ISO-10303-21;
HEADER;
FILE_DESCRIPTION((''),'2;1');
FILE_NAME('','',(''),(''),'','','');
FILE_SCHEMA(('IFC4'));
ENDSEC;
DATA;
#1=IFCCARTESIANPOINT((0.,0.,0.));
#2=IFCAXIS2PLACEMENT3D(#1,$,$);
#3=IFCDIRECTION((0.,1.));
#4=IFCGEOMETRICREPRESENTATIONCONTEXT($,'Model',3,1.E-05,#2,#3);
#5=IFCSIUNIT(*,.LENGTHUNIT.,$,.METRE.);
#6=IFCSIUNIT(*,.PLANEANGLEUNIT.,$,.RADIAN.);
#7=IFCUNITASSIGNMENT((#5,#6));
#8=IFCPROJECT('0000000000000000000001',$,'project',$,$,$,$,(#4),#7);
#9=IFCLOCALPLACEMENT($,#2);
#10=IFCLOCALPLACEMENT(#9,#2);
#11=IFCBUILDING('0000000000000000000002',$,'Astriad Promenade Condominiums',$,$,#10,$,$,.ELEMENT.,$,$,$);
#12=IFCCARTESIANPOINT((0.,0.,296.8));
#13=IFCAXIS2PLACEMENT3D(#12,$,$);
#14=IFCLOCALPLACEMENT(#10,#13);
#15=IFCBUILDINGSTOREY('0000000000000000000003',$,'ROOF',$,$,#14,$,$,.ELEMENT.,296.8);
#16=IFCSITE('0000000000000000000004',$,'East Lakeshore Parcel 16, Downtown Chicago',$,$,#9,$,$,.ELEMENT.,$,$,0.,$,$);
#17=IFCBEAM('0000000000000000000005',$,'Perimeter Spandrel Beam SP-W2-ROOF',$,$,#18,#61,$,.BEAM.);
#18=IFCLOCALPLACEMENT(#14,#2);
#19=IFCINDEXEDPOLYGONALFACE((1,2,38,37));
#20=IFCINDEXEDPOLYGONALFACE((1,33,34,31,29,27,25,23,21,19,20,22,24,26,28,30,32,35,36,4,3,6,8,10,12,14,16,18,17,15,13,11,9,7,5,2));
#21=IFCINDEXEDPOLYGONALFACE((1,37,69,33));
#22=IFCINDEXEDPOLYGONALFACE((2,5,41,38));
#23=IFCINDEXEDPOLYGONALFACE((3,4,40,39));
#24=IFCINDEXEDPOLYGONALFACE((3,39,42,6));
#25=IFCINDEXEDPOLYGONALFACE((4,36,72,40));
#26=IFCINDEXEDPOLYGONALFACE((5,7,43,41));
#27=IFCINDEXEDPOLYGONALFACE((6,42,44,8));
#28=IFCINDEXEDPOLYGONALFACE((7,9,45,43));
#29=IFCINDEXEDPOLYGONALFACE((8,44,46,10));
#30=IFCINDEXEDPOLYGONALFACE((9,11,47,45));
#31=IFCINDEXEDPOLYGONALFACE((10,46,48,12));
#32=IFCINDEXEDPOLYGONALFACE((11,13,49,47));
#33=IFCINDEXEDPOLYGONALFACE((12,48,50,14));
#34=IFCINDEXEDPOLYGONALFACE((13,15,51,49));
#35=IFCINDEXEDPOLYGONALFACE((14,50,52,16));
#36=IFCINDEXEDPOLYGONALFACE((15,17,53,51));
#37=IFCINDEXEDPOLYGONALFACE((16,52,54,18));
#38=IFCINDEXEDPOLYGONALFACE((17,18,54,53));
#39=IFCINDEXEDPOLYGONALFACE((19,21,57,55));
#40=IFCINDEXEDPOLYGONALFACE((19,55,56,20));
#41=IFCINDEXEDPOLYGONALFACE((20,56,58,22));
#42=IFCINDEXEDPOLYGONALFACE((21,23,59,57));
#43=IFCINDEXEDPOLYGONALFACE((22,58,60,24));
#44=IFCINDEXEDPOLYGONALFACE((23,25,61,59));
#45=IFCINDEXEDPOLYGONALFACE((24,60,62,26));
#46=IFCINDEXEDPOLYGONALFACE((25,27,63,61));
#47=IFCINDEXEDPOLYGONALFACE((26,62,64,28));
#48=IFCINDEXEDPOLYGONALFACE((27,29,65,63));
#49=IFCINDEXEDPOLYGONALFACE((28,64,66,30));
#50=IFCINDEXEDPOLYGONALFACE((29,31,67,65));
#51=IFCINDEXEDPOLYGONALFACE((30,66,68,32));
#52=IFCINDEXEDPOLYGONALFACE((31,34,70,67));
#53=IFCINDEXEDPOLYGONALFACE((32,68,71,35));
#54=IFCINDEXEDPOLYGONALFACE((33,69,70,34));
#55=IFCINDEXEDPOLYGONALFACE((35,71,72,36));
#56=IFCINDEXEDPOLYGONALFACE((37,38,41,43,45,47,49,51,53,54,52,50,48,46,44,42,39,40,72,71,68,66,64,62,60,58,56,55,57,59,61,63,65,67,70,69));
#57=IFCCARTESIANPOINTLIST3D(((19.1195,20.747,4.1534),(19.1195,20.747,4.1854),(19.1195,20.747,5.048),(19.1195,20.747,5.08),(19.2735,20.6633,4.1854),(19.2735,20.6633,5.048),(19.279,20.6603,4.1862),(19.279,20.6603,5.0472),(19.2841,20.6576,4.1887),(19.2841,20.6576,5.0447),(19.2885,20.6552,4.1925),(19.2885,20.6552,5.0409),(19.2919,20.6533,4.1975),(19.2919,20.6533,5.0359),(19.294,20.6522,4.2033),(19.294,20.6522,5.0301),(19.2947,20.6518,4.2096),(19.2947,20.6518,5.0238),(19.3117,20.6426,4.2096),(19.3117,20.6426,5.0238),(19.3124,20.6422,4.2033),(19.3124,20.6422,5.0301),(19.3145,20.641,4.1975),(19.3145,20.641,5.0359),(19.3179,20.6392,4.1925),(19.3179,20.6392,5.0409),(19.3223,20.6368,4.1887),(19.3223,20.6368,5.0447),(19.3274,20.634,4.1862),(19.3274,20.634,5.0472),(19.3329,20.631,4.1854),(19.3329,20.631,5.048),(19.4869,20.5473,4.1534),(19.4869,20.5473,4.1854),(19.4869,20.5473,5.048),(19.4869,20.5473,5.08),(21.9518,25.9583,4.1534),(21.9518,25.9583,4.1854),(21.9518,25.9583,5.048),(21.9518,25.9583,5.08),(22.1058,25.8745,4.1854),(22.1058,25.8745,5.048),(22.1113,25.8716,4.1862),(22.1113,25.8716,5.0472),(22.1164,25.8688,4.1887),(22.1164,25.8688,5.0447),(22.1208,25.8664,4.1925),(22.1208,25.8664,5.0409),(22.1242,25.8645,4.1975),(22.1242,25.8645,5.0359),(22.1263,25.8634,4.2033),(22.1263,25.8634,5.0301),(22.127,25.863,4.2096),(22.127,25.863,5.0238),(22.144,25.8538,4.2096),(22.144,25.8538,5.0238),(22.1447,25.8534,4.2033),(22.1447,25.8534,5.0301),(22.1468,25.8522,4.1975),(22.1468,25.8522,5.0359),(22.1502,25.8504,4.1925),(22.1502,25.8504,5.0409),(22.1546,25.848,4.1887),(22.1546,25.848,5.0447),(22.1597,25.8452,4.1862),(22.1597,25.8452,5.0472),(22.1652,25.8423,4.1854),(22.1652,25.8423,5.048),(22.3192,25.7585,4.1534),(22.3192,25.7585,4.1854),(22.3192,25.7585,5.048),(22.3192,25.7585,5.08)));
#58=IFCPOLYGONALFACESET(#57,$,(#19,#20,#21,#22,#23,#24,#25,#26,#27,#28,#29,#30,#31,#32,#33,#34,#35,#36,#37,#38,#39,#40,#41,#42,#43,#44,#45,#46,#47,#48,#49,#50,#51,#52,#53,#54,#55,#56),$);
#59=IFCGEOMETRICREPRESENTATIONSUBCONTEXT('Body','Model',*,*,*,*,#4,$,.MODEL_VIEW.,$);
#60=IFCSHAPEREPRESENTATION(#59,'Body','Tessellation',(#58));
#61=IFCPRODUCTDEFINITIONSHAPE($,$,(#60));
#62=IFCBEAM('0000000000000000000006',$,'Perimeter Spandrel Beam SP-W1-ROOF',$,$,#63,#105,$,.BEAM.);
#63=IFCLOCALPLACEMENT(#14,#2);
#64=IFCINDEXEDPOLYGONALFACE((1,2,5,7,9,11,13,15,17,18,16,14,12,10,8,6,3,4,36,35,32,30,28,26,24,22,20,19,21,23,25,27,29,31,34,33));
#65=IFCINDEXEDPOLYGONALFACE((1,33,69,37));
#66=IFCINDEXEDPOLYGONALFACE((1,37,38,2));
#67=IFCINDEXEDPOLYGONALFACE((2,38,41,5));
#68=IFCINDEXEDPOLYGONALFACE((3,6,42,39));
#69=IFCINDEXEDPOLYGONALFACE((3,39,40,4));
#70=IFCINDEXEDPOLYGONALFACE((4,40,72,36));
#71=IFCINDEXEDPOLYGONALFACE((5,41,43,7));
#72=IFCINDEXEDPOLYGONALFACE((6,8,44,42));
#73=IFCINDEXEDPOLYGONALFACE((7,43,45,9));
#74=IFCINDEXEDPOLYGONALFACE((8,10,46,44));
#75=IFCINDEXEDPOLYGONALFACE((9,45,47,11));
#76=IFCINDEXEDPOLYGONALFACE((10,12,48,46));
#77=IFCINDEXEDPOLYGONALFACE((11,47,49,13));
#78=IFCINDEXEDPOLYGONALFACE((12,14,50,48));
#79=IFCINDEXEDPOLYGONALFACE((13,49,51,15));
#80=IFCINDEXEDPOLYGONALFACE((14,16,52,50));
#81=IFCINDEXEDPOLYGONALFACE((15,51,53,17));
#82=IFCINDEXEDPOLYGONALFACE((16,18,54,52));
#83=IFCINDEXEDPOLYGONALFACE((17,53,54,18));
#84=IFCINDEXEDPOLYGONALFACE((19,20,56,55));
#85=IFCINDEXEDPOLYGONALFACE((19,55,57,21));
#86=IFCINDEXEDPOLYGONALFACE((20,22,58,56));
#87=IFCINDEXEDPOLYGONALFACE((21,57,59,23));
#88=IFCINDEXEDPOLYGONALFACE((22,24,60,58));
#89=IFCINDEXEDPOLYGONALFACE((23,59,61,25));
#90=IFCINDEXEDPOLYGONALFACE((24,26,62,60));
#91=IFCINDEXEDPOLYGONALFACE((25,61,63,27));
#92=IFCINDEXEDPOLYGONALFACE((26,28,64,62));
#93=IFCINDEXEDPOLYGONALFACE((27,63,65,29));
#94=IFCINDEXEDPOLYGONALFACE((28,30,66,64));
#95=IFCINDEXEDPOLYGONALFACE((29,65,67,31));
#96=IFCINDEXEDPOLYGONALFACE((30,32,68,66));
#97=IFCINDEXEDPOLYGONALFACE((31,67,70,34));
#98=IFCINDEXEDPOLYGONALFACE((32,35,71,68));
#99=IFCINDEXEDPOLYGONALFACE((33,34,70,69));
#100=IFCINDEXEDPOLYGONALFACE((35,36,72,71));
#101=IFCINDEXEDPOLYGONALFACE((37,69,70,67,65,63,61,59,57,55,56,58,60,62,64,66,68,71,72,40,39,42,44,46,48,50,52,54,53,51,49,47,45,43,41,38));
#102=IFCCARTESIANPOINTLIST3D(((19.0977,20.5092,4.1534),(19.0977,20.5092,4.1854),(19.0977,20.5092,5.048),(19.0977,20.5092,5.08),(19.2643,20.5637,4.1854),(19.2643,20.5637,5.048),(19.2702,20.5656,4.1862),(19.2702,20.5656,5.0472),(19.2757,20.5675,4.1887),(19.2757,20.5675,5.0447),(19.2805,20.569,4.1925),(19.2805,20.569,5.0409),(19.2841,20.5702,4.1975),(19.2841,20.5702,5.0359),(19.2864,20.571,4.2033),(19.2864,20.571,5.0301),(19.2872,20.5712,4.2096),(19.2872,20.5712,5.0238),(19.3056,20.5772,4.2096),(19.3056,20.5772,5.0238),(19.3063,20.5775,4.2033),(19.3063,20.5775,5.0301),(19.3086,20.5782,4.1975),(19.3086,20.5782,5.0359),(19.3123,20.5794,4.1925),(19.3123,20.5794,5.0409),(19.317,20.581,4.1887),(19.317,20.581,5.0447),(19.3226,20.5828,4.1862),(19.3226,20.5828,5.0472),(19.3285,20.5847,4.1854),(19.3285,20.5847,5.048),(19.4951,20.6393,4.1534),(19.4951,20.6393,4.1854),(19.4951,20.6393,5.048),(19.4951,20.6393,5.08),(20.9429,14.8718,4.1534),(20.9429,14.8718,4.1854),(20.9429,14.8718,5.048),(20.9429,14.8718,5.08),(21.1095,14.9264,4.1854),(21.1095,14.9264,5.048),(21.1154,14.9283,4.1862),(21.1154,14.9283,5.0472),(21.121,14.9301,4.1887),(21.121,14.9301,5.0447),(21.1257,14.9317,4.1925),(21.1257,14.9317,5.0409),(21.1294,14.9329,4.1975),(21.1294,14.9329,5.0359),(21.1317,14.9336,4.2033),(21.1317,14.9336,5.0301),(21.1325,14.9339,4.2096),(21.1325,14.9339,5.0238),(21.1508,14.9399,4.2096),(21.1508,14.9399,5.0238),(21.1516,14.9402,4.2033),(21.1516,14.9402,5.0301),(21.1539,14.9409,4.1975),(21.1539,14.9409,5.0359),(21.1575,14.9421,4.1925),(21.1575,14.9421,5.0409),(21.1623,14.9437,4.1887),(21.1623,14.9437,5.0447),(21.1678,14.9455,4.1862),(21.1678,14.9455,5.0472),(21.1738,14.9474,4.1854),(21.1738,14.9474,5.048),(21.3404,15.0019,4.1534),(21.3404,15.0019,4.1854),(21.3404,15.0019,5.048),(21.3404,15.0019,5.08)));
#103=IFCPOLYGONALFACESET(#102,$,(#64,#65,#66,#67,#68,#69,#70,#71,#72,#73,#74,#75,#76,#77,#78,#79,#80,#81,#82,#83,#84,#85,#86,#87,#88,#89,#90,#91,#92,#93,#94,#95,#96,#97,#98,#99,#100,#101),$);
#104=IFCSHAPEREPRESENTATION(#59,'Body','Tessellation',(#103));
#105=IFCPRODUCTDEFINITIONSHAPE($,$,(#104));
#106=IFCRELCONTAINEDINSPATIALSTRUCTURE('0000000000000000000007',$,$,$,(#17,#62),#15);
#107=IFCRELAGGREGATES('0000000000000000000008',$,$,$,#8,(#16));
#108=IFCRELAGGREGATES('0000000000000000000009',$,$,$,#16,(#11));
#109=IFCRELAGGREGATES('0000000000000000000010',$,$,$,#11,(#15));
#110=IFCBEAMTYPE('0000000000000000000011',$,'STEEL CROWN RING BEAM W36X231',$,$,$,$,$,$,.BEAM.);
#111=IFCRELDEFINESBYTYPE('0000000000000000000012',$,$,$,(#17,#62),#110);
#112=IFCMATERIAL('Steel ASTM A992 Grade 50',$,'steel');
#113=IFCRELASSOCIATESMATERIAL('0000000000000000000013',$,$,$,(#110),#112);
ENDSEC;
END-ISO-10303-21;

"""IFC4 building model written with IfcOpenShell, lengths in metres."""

from ifc_helpers import new_model, si_unit, direction, frame, origin, origin_2d, place, context, subcontext, project, spatial, i_section, extrude, source, transform, mapped, material, material_profile, profile_set, type_object, element, save


model = new_model("IFC4")

# Units and contexts
model_context = context("Model", 3, precision=1e-05, world=origin(), true_north=direction((0.0, 1.0)))
body_context = subcontext(model_context, "Body", "Model", "MODEL_VIEW")
ifc_project = project(units=[si_unit("LENGTHUNIT", "METRE"), si_unit("PLANEANGLEUNIT", "RADIAN")], contexts=[model_context])

# Site, building, storey
site_placement = place(None, origin())
site = spatial("IfcSite", under=ifc_project, at=site_placement, Name="East Lakeshore Parcel 16, Downtown Chicago", CompositionType="ELEMENT", RefElevation=0.0)
building_placement = place(site_placement, origin())
building = spatial("IfcBuilding", under=site, at=building_placement, Name="Astriad Promenade Condominiums", CompositionType="ELEMENT")
storey_placement = place(building_placement, frame((0.0, 0.0, 296.8)))
storey = spatial("IfcBuildingStorey", under=building, at=storey_placement, Name="ROOF", CompositionType="ELEMENT", Elevation=296.8)

# Shared definitions
ifc_material_1 = material(Name="Steel ASTM A992 Grade 50", Category="steel")

# Beams
ifc_material_profile_1 = material_profile(ifc_material_1, i_section(OverallWidth=0.4182, OverallDepth=0.9265, WebThickness=0.0193, FlangeThickness=0.032, FilletRadius=0.0242, at=origin_2d()), Name="W36X231")
ifc_profile_set_1 = profile_set([ifc_material_profile_1], Name="Steel ASTM A992 Grade 50")
beam_type_1 = type_object("IfcBeamType", Name="STEEL CROWN RING BEAM W36X231", PredefinedType="BEAM", material=ifc_profile_set_1)
shared_shape_1 = source(origin(), body_context, "Body", "SweptSolid", [
    extrude(i_section(OverallWidth=0.4182, OverallDepth=0.9265, WebThickness=0.0193, FlangeThickness=0.032, FilletRadius=0.0242, at=origin_2d()), origin(), (0.0, 0.0, 1.0), 5.9312),
])
beam_1_placement = place(storey_placement, frame((22.1355, 25.8584, 4.6167), z_axis=(-0.477528, -0.878617, 0.0), x_axis=(0.878617, -0.477528, 0.0)))
element("IfcBeam", 1, at=beam_1_placement, inside=storey, type_object=beam_type_1, Name="Perimeter Spandrel Beam SP-W2-ROOF", PredefinedType="BEAM", context=body_context, shape_type="MappedRepresentation", body=[
    mapped(shared_shape_1, transform((0.0, 0.0, 0.0), scale=1.0)),
])
shared_shape_2 = source(origin(), body_context, "Body", "SweptSolid", [
    extrude(i_section(OverallWidth=0.4182, OverallDepth=0.9265, WebThickness=0.0193, FlangeThickness=0.032, FilletRadius=0.0242, at=origin_2d()), origin(), (0.0, 0.0, 1.0), 5.9316),
])
beam_2_placement = place(storey_placement, frame((19.2964, 20.5742, 4.6167), z_axis=(0.311086, -0.950382, 0.0), x_axis=(0.950382, 0.311086, 0.0)))
element("IfcBeam", 2, at=beam_2_placement, inside=storey, type_object=beam_type_1, Name="Perimeter Spandrel Beam SP-W1-ROOF", PredefinedType="BEAM", context=body_context, shape_type="MappedRepresentation", body=[
    mapped(shared_shape_2, transform((0.0, 0.0, 0.0), scale=1.0)),
])

save(model, "model.ifc")
